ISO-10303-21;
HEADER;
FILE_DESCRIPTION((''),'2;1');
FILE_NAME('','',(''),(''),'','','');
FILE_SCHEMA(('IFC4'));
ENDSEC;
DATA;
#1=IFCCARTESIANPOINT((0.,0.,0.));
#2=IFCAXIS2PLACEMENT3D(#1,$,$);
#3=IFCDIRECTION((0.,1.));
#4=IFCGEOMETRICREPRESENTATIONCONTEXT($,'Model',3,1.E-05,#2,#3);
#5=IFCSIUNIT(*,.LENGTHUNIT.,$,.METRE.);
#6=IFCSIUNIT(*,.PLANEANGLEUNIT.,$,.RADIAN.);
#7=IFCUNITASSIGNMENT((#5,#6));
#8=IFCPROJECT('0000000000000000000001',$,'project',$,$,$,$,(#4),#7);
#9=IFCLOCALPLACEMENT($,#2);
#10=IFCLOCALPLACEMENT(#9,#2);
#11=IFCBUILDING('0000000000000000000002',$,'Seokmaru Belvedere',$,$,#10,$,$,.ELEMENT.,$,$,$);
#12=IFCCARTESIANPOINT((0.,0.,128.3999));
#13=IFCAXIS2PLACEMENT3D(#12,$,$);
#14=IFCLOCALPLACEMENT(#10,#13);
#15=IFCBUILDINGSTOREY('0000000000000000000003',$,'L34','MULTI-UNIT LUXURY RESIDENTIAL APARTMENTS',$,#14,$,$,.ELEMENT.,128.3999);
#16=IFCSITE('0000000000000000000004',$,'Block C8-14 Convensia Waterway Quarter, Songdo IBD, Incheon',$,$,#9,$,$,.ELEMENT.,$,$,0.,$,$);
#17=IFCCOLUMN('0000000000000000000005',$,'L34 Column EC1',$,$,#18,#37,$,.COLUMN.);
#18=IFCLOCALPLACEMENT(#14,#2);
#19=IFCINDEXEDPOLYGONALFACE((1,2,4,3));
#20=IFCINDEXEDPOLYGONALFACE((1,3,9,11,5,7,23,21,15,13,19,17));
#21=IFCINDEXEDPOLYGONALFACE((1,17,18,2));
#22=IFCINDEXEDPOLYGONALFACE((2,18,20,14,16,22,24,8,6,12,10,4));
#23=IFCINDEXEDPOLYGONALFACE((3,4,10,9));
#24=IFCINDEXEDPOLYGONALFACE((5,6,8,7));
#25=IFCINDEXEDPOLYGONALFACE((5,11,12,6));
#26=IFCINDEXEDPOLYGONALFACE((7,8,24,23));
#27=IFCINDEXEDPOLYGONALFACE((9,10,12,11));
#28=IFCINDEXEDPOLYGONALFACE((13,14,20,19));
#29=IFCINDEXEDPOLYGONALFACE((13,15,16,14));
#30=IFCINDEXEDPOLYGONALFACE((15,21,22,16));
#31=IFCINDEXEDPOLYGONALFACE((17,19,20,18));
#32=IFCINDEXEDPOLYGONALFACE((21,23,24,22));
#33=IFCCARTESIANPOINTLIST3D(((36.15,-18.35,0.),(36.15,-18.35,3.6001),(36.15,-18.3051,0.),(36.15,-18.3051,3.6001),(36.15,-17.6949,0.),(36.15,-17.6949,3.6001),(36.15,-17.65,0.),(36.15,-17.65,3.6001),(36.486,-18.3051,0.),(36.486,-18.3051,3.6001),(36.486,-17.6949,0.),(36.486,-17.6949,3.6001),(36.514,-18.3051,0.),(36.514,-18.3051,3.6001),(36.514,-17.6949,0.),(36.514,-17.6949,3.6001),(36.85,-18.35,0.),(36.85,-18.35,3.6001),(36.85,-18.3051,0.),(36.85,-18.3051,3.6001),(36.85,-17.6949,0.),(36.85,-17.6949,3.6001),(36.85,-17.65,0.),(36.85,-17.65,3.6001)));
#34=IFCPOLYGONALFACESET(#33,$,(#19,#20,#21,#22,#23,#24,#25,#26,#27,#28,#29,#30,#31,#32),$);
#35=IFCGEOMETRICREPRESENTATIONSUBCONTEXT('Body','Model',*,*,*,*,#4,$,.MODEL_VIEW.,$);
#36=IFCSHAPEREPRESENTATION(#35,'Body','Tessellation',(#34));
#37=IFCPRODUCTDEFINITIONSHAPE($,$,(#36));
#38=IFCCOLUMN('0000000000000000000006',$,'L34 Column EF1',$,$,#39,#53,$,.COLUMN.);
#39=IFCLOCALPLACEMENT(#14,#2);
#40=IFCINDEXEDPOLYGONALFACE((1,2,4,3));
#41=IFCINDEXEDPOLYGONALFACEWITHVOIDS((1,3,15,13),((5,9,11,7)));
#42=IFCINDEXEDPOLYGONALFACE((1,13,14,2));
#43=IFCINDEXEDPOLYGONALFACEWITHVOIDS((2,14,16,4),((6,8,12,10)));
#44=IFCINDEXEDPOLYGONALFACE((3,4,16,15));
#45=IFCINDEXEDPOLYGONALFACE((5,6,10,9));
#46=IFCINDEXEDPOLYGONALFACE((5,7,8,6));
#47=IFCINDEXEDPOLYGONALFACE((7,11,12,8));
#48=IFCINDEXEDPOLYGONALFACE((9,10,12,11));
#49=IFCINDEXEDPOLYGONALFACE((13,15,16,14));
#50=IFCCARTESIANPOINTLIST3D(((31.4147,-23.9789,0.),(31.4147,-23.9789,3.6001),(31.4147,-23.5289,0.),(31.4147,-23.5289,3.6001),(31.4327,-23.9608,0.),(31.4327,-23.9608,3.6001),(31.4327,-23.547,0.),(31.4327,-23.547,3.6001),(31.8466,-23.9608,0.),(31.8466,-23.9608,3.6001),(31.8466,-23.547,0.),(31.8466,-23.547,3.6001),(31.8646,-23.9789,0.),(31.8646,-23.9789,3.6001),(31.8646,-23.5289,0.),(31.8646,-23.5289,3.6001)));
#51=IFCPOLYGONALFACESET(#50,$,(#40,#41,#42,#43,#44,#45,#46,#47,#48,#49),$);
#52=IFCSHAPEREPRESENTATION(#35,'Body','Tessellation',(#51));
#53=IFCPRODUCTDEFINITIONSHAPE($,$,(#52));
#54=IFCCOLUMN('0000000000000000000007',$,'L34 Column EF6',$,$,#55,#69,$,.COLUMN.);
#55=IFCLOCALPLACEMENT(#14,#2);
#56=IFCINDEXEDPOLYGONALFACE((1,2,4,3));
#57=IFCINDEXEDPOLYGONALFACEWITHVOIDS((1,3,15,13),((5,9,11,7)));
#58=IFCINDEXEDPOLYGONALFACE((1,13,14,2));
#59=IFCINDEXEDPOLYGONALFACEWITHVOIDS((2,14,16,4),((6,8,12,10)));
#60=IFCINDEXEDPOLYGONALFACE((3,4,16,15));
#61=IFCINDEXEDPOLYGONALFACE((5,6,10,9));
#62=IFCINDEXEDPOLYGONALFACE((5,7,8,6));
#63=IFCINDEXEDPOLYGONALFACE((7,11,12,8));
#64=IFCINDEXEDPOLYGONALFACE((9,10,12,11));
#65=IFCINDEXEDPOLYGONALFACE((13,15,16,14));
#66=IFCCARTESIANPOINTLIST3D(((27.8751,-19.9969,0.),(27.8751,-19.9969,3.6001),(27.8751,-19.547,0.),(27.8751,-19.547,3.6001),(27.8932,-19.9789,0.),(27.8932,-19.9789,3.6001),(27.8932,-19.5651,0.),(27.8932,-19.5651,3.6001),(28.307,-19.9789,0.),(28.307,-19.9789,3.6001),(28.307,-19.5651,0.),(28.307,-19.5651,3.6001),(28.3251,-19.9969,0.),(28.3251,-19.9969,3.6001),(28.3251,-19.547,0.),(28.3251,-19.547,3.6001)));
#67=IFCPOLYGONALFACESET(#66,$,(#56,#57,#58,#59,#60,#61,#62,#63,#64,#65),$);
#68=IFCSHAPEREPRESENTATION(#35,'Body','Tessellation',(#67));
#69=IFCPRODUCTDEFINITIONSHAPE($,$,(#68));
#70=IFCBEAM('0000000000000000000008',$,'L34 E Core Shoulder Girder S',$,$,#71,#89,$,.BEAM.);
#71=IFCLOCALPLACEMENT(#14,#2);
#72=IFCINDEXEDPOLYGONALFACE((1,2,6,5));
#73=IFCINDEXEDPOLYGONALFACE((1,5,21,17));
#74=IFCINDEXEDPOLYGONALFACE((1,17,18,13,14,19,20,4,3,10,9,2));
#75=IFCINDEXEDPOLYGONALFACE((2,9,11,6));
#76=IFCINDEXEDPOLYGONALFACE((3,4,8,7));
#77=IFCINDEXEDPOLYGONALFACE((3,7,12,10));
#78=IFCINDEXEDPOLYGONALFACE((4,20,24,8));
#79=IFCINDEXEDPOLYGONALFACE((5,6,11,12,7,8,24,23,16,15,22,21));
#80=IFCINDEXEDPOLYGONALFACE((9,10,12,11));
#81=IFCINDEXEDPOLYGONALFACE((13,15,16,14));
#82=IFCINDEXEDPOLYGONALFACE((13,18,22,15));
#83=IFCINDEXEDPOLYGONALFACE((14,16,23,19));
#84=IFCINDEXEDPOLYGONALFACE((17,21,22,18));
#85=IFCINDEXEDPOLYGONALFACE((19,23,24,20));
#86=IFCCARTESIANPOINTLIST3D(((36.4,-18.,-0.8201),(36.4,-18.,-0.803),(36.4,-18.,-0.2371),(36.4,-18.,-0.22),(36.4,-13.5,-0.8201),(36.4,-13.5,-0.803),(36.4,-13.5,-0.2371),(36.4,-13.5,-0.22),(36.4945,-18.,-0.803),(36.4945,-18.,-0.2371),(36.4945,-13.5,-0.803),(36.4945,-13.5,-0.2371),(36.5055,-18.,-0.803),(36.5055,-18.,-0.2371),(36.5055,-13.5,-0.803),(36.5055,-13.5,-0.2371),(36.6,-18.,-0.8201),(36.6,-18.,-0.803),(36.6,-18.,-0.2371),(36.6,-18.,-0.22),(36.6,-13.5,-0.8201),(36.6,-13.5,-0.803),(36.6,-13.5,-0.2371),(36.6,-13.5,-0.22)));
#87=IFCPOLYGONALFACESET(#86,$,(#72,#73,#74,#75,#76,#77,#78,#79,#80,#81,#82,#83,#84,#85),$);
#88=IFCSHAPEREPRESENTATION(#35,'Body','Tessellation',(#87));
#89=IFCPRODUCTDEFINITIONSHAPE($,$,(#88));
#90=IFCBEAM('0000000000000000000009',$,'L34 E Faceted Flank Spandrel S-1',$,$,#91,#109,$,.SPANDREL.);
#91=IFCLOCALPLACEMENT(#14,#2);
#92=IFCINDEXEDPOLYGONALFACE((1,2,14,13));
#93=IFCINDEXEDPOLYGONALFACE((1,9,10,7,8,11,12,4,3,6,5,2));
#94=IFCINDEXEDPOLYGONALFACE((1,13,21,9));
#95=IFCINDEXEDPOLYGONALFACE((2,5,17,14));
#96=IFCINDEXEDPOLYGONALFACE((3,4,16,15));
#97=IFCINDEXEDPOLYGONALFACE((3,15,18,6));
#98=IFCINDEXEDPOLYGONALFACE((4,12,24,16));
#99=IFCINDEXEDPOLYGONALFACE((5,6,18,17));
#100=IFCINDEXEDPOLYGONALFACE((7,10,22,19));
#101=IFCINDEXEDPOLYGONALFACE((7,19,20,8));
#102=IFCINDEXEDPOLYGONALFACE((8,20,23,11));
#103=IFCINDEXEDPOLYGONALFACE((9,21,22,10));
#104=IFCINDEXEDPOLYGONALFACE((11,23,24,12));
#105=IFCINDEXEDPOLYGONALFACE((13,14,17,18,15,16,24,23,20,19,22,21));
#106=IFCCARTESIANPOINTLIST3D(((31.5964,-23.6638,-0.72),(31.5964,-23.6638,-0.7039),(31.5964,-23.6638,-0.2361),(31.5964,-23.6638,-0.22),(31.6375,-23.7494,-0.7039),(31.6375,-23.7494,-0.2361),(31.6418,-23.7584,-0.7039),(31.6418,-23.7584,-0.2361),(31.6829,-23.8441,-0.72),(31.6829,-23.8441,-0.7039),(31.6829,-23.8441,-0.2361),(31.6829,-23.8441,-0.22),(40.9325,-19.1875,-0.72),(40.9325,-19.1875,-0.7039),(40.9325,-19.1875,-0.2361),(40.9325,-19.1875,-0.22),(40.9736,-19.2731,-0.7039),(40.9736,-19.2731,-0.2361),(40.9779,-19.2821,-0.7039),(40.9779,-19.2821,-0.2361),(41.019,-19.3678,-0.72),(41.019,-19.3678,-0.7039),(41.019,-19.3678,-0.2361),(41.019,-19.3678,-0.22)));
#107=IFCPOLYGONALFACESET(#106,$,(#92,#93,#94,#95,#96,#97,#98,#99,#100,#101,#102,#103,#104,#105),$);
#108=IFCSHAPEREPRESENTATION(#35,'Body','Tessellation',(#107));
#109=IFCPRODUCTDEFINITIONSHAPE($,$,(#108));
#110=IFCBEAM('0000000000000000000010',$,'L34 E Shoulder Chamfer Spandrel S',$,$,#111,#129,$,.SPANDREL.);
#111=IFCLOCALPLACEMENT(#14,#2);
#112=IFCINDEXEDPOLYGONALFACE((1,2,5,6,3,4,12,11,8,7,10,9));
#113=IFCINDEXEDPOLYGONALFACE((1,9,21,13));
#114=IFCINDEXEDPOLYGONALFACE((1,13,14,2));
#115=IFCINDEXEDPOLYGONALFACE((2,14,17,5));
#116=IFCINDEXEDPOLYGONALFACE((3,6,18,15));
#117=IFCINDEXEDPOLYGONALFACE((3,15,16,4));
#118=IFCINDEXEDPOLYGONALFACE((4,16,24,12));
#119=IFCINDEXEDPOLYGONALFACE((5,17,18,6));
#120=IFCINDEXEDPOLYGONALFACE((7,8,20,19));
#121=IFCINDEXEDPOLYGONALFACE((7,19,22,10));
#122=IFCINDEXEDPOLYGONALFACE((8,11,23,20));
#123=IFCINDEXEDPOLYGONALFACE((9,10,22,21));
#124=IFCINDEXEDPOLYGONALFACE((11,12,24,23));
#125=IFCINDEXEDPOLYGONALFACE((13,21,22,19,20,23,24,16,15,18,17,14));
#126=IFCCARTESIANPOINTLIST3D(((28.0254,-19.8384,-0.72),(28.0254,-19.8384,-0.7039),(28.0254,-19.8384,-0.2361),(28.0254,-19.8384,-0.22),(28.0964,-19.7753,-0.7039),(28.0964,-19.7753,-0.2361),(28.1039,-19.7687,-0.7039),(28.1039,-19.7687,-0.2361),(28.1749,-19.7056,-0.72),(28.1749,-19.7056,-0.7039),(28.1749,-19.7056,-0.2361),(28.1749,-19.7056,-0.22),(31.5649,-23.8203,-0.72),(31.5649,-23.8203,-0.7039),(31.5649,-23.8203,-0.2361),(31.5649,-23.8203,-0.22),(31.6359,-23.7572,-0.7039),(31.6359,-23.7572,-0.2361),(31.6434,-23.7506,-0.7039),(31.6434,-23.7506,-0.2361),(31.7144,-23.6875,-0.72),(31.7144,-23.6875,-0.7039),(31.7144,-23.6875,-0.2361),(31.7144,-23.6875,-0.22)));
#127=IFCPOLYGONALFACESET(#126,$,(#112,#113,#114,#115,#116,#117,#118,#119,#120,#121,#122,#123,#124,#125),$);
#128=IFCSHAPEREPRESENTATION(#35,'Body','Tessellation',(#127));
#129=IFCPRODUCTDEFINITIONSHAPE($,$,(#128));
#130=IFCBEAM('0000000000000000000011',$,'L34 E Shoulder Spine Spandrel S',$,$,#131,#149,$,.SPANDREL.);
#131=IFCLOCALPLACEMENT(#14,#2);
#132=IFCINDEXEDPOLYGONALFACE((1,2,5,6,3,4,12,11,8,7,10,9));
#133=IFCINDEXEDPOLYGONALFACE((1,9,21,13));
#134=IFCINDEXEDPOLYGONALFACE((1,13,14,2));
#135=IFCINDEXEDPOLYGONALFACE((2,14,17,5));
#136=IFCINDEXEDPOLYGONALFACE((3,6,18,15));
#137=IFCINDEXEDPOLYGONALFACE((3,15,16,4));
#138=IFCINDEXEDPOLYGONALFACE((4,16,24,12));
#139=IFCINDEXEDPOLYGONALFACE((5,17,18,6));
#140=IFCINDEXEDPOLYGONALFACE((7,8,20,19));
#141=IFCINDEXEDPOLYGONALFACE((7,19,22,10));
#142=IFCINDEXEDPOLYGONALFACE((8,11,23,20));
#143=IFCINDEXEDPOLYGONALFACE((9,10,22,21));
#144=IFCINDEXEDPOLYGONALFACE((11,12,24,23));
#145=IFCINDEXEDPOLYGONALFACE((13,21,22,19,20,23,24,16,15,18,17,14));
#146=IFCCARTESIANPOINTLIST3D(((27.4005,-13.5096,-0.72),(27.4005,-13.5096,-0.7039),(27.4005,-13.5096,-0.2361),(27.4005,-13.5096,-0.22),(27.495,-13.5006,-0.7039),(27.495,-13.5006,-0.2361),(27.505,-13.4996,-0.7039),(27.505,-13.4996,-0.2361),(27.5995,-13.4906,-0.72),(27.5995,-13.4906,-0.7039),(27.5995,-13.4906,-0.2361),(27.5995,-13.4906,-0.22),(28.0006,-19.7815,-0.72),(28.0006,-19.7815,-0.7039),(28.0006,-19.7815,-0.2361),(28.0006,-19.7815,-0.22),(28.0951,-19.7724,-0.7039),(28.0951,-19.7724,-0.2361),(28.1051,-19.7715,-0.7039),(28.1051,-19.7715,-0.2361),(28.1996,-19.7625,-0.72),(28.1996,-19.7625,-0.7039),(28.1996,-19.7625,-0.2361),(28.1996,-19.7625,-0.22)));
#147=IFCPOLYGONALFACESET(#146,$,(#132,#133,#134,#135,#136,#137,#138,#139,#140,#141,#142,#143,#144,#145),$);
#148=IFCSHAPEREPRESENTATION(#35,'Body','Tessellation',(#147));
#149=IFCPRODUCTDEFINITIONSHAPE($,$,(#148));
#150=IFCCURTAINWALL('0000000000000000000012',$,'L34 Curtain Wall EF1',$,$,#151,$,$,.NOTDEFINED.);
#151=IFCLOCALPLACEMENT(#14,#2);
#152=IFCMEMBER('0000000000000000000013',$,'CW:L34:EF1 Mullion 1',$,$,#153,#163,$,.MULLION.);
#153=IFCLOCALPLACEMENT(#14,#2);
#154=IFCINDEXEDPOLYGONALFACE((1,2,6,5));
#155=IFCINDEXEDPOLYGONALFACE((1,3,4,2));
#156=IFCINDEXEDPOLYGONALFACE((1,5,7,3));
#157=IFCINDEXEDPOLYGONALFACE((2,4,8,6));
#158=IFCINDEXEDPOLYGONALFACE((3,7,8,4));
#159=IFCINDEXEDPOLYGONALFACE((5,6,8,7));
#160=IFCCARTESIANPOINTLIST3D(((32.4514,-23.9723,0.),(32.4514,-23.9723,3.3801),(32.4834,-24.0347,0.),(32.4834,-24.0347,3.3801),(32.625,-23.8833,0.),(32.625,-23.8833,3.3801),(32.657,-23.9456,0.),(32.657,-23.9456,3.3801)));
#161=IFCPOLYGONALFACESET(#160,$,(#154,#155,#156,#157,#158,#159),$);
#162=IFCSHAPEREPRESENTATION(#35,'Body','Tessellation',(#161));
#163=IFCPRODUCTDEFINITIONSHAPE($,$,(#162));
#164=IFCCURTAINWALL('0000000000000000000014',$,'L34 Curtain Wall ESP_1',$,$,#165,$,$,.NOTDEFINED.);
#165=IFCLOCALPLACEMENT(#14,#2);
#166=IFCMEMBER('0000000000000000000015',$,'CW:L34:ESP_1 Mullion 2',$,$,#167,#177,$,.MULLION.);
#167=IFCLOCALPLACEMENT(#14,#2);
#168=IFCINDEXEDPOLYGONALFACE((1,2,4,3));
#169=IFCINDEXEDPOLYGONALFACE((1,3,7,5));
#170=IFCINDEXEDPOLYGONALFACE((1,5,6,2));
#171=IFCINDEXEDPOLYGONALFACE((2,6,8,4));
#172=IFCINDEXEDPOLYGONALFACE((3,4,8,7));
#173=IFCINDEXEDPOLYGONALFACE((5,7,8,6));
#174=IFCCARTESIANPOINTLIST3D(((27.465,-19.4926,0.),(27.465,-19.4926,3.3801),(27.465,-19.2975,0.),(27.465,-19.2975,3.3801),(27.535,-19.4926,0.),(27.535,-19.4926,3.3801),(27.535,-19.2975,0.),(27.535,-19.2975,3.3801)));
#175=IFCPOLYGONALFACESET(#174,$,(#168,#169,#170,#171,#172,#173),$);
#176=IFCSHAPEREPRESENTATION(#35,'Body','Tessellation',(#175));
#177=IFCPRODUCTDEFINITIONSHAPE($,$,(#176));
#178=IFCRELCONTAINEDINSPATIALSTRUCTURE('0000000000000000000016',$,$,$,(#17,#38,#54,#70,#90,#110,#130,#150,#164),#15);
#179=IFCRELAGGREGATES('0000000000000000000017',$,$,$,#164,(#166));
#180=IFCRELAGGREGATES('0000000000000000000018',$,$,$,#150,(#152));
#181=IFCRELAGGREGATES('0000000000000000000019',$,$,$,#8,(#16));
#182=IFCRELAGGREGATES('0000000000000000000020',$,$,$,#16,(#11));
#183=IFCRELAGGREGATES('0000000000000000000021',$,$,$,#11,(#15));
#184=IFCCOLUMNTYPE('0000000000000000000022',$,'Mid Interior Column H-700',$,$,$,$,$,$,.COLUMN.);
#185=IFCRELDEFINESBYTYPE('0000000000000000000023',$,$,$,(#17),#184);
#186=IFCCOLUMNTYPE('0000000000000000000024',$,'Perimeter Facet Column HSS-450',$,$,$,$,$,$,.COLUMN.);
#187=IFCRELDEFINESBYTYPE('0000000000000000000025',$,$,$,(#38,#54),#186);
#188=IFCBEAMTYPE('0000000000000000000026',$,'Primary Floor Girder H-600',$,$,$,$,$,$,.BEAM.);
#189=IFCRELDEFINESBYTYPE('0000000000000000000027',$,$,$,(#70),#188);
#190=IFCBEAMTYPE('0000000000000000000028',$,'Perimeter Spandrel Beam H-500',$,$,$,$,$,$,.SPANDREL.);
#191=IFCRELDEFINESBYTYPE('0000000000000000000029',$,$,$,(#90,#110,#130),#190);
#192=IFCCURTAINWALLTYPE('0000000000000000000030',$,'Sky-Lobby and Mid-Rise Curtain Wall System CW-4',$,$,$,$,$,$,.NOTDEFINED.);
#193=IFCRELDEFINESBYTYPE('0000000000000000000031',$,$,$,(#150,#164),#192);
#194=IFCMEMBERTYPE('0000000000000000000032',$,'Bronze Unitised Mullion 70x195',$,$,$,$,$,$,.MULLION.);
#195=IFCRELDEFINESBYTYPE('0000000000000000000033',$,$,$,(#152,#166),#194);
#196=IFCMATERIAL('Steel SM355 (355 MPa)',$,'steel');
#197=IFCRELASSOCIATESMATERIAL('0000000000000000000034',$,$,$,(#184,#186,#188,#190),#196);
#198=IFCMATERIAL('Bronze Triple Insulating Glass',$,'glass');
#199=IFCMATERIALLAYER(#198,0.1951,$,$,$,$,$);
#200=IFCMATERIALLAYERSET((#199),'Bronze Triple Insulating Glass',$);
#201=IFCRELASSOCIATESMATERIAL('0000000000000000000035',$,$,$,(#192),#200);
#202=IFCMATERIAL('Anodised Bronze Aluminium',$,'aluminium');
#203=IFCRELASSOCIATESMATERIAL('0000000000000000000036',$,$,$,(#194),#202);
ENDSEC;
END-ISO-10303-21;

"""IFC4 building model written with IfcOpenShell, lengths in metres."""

from ifc_helpers import new_model, si_unit, direction, frame, origin, origin_2d, place, context, subcontext, project, spatial, rectangle, hollow_rectangle, i_section, extrude, source, transform, mapped, material, layer, layer_set, material_profile, profile_set, type_object, type_shapes, element, aggregate, save


model = new_model("IFC4")

# Units and contexts
model_context = context("Model", 3, precision=1e-05, world=origin(), true_north=direction((0.0, 1.0)))
body_context = subcontext(model_context, "Body", "Model", "MODEL_VIEW")
ifc_project = project(units=[si_unit("LENGTHUNIT", "METRE"), si_unit("PLANEANGLEUNIT", "RADIAN")], contexts=[model_context])

# Site, building, storey
site_placement = place(None, origin())
site = spatial("IfcSite", under=ifc_project, at=site_placement, Name="Block C8-14 Convensia Waterway Quarter, Songdo IBD, Incheon", CompositionType="ELEMENT", RefElevation=0.0)
building_placement = place(site_placement, origin())
building = spatial("IfcBuilding", under=site, at=building_placement, Name="Seokmaru Belvedere", CompositionType="ELEMENT")
storey_placement = place(building_placement, frame((0.0, 0.0, 128.3999)))
storey = spatial("IfcBuildingStorey", under=building, at=storey_placement, Name="L34", Description="MULTI-UNIT LUXURY RESIDENTIAL APARTMENTS", CompositionType="ELEMENT", Elevation=128.3999)

# Columns
ifc_material_1 = material(Name="Steel SM355 (355 MPa)", Category="steel")
ifc_material_profile_1 = material_profile(ifc_material_1, i_section(OverallWidth=0.7, OverallDepth=0.7, WebThickness=0.0281, FlangeThickness=0.0449, at=origin_2d()), Name="H-700x700x28x45")
ifc_profile_set_1 = profile_set([ifc_material_profile_1], Name="Steel SM355 (355 MPa)")
column_type_1 = type_object("IfcColumnType", Name="Mid Interior Column H-700", PredefinedType="COLUMN", material=ifc_profile_set_1)
shared_shape_1 = source(origin(), body_context, "Body", "SweptSolid", [
    extrude(i_section(OverallWidth=0.7, OverallDepth=0.7, WebThickness=0.0281, FlangeThickness=0.0449, at=origin_2d()), origin(), (0.0, 0.0, 1.0), 3.6001),
])
type_shapes(column_type_1, [shared_shape_1])
column_placement = place(storey_placement, frame((36.5, -18.0, 0.0), z_axis=(0.0, 0.0, 1.0), x_axis=(1.0, 0.0, 0.0)))
element("IfcColumn", 1, at=column_placement, inside=storey, type_object=column_type_1, Name="L34 Column EC1", PredefinedType="COLUMN", context=body_context, shape_type="MappedRepresentation", body=[
    mapped(shared_shape_1, transform((0.0, 0.0, 0.0), scale=1.0)),
])
ifc_material_profile_2 = material_profile(ifc_material_1, hollow_rectangle(XDim=0.45, YDim=0.45, WallThickness=0.0181, at=origin_2d()), Name="HSS-450x450x18")
ifc_profile_set_2 = profile_set([ifc_material_profile_2], Name="Steel SM355 (355 MPa)")
column_type_2 = type_object("IfcColumnType", Name="Perimeter Facet Column HSS-450", PredefinedType="COLUMN", material=ifc_profile_set_2)
shared_shape_2 = source(origin(), body_context, "Body", "SweptSolid", [
    extrude(hollow_rectangle(XDim=0.45, YDim=0.45, WallThickness=0.0181, at=origin_2d()), origin(), (0.0, 0.0, 1.0), 3.6001),
])
type_shapes(column_type_2, [shared_shape_2])
for number, where, z_axis, x_axis, name in (
    (2, (31.6396, -23.7539, 0.0), (0.0, 0.0, 1.0), (1.0, 0.0, 0.0), "L34 Column EF1"),
    (3, (28.1001, -19.772, 0.0), (0.0, 0.0, 1.0), (1.0, 0.0, 0.0), "L34 Column EF6"),
):
    element("IfcColumn", number, at=place(storey_placement, frame(where, z_axis=z_axis, x_axis=x_axis)), inside=storey, type_object=column_type_2, Name=name, PredefinedType="COLUMN", context=body_context, shape_type="MappedRepresentation", body=[
        mapped(shared_shape_2, transform((0.0, 0.0, 0.0), scale=1.0)),
    ])

# Beams
ifc_material_profile_3 = material_profile(ifc_material_1, i_section(OverallWidth=0.2, OverallDepth=0.6001, WebThickness=0.011, FlangeThickness=0.0171, at=origin_2d()), Name="H-600x200x11x17")
ifc_profile_set_3 = profile_set([ifc_material_profile_3], Name="Steel SM355 (355 MPa)")
beam_type_1 = type_object("IfcBeamType", Name="Primary Floor Girder H-600", PredefinedType="BEAM", material=ifc_profile_set_3)
shared_shape_3 = source(origin(), body_context, "Body", "SweptSolid", [
    extrude(i_section(OverallWidth=0.2, OverallDepth=0.6001, WebThickness=0.011, FlangeThickness=0.0171, at=origin_2d()), origin(), (0.0, 0.0, 1.0), 4.5),
])
type_shapes(beam_type_1, [shared_shape_3])
beam_1_placement = place(storey_placement, frame((36.5, -18.0, -0.52), z_axis=(0.0, 1.0, 0.0), x_axis=(-1.0, 0.0, 0.0)))
element("IfcBeam", 4, at=beam_1_placement, inside=storey, type_object=beam_type_1, Name="L34 E Core Shoulder Girder S", PredefinedType="BEAM", context=body_context, shape_type="MappedRepresentation", body=[
    mapped(shared_shape_3, transform((0.0, 0.0, 0.0), scale=1.0)),
])
ifc_material_profile_4 = material_profile(ifc_material_1, i_section(OverallWidth=0.2, OverallDepth=0.5, WebThickness=0.01, FlangeThickness=0.0161, at=origin_2d()), Name="H-500x200x10x16")
ifc_profile_set_4 = profile_set([ifc_material_profile_4], Name="Steel SM355 (355 MPa)")
beam_type_2 = type_object("IfcBeamType", Name="Perimeter Spandrel Beam H-500", PredefinedType="SPANDREL", material=ifc_profile_set_4)
shared_shape_4 = source(origin(), body_context, "Body", "SweptSolid", [
    extrude(i_section(OverallWidth=0.2, OverallDepth=0.5, WebThickness=0.01, FlangeThickness=0.0161, at=origin_2d()), origin(), (0.0, 0.0, 1.0), 10.3538),
])
beam_2_placement = place(storey_placement, frame((31.6396, -23.7539, -0.47), z_axis=(0.901713, 0.432335, 0.0), x_axis=(-0.432335, 0.901713, 0.0)))
element("IfcBeam", 5, at=beam_2_placement, inside=storey, type_object=beam_type_2, Name="L34 E Faceted Flank Spandrel S-1", PredefinedType="SPANDREL", context=body_context, shape_type="MappedRepresentation", body=[
    mapped(shared_shape_4, transform((0.0, 0.0, 0.0), scale=1.0)),
])
shared_shape_5 = source(origin(), body_context, "Body", "SweptSolid", [
    extrude(i_section(OverallWidth=0.2, OverallDepth=0.5, WebThickness=0.01, FlangeThickness=0.0161, at=origin_2d()), origin(), (0.0, 0.0, 1.0), 5.3276),
])
beam_3_placement = place(storey_placement, frame((31.6396, -23.7539, -0.47), z_axis=(-0.66437, 0.747404, 0.0), x_axis=(-0.747404, -0.66437, 0.0)))
element("IfcBeam", 6, at=beam_3_placement, inside=storey, type_object=beam_type_2, Name="L34 E Shoulder Chamfer Spandrel S", PredefinedType="SPANDREL", context=body_context, shape_type="MappedRepresentation", body=[
    mapped(shared_shape_5, transform((0.0, 0.0, 0.0), scale=1.0)),
])
shared_shape_6 = source(origin(), body_context, "Body", "SweptSolid", [
    extrude(i_section(OverallWidth=0.2, OverallDepth=0.5, WebThickness=0.01, FlangeThickness=0.0161, at=origin_2d()), origin(), (0.0, 0.0, 1.0), 6.3005),
])
type_shapes(beam_type_2, [shared_shape_4, shared_shape_5, shared_shape_6])
beam_4_placement = place(storey_placement, frame((28.1001, -19.772, -0.47), z_axis=(-0.095244, 0.995454, 0.0), x_axis=(-0.995454, -0.095244, 0.0)))
element("IfcBeam", 7, at=beam_4_placement, inside=storey, type_object=beam_type_2, Name="L34 E Shoulder Spine Spandrel S", PredefinedType="SPANDREL", context=body_context, shape_type="MappedRepresentation", body=[
    mapped(shared_shape_6, transform((0.0, 0.0, 0.0), scale=1.0)),
])

# Curtain walls, members
ifc_material_2 = material(Name="Bronze Triple Insulating Glass", Category="glass")
ifc_layer_1 = layer(ifc_material_2, 0.1951)
ifc_layer_set_1 = layer_set([ifc_layer_1], Name="Bronze Triple Insulating Glass")
curtain_wall_type = type_object("IfcCurtainWallType", Name="Sky-Lobby and Mid-Rise Curtain Wall System CW-4", PredefinedType="NOTDEFINED", material=ifc_layer_set_1)
curtain_wall_1_placement = place(storey_placement, origin())
curtain_wall_1 = element("IfcCurtainWall", 8, at=curtain_wall_1_placement, inside=storey, type_object=curtain_wall_type, Name="L34 Curtain Wall EF1", PredefinedType="NOTDEFINED")
ifc_material_3 = material(Name="Anodised Bronze Aluminium", Category="aluminium")
ifc_material_profile_5 = material_profile(ifc_material_3, rectangle(XDim=0.0701, YDim=0.1951, at=origin_2d()), Name="CW-M-70x195")
ifc_profile_set_5 = profile_set([ifc_material_profile_5], Name="Anodised Bronze Aluminium")
member_type_1 = type_object("IfcMemberType", Name="Bronze Unitised Mullion 70x195", PredefinedType="MULLION", material=ifc_profile_set_5)
shared_shape_7 = source(origin(), body_context, "Body", "SweptSolid", [
    extrude(rectangle(XDim=0.0701, YDim=0.1951, at=origin_2d()), origin(), (0.0, 0.0, 1.0), 3.3801),
])
member_1_placement = place(storey_placement, frame((32.5542, -23.959, 0.0), z_axis=(0.0, 0.0, 1.0), x_axis=(-0.456555, 0.889695, 0.0)))
member_1 = element("IfcMember", 9, at=member_1_placement, type_object=member_type_1, Name="CW:L34:EF1 Mullion 1", PredefinedType="MULLION", context=body_context, shape_type="MappedRepresentation", body=[
    mapped(shared_shape_7, transform((0.0, 0.0, 0.0), scale=1.0)),
])
curtain_wall_2_placement = place(storey_placement, origin())
curtain_wall_2 = element("IfcCurtainWall", 10, at=curtain_wall_2_placement, inside=storey, type_object=curtain_wall_type, Name="L34 Curtain Wall ESP_1", PredefinedType="NOTDEFINED")
member_2_placement = place(storey_placement, frame((27.5, -19.395, 0.0), z_axis=(0.0, 0.0, 1.0), x_axis=(1.0, 0.0, 0.0)))
member_2 = element("IfcMember", 11, at=member_2_placement, type_object=member_type_1, Name="CW:L34:ESP_1 Mullion 2", PredefinedType="MULLION", context=body_context, shape_type="MappedRepresentation", body=[
    mapped(shared_shape_7, transform((0.0, 0.0, 0.0), scale=1.0)),
])

aggregate(curtain_wall_2, [member_2])
aggregate(curtain_wall_1, [member_1])

save(model, "model.ifc")
